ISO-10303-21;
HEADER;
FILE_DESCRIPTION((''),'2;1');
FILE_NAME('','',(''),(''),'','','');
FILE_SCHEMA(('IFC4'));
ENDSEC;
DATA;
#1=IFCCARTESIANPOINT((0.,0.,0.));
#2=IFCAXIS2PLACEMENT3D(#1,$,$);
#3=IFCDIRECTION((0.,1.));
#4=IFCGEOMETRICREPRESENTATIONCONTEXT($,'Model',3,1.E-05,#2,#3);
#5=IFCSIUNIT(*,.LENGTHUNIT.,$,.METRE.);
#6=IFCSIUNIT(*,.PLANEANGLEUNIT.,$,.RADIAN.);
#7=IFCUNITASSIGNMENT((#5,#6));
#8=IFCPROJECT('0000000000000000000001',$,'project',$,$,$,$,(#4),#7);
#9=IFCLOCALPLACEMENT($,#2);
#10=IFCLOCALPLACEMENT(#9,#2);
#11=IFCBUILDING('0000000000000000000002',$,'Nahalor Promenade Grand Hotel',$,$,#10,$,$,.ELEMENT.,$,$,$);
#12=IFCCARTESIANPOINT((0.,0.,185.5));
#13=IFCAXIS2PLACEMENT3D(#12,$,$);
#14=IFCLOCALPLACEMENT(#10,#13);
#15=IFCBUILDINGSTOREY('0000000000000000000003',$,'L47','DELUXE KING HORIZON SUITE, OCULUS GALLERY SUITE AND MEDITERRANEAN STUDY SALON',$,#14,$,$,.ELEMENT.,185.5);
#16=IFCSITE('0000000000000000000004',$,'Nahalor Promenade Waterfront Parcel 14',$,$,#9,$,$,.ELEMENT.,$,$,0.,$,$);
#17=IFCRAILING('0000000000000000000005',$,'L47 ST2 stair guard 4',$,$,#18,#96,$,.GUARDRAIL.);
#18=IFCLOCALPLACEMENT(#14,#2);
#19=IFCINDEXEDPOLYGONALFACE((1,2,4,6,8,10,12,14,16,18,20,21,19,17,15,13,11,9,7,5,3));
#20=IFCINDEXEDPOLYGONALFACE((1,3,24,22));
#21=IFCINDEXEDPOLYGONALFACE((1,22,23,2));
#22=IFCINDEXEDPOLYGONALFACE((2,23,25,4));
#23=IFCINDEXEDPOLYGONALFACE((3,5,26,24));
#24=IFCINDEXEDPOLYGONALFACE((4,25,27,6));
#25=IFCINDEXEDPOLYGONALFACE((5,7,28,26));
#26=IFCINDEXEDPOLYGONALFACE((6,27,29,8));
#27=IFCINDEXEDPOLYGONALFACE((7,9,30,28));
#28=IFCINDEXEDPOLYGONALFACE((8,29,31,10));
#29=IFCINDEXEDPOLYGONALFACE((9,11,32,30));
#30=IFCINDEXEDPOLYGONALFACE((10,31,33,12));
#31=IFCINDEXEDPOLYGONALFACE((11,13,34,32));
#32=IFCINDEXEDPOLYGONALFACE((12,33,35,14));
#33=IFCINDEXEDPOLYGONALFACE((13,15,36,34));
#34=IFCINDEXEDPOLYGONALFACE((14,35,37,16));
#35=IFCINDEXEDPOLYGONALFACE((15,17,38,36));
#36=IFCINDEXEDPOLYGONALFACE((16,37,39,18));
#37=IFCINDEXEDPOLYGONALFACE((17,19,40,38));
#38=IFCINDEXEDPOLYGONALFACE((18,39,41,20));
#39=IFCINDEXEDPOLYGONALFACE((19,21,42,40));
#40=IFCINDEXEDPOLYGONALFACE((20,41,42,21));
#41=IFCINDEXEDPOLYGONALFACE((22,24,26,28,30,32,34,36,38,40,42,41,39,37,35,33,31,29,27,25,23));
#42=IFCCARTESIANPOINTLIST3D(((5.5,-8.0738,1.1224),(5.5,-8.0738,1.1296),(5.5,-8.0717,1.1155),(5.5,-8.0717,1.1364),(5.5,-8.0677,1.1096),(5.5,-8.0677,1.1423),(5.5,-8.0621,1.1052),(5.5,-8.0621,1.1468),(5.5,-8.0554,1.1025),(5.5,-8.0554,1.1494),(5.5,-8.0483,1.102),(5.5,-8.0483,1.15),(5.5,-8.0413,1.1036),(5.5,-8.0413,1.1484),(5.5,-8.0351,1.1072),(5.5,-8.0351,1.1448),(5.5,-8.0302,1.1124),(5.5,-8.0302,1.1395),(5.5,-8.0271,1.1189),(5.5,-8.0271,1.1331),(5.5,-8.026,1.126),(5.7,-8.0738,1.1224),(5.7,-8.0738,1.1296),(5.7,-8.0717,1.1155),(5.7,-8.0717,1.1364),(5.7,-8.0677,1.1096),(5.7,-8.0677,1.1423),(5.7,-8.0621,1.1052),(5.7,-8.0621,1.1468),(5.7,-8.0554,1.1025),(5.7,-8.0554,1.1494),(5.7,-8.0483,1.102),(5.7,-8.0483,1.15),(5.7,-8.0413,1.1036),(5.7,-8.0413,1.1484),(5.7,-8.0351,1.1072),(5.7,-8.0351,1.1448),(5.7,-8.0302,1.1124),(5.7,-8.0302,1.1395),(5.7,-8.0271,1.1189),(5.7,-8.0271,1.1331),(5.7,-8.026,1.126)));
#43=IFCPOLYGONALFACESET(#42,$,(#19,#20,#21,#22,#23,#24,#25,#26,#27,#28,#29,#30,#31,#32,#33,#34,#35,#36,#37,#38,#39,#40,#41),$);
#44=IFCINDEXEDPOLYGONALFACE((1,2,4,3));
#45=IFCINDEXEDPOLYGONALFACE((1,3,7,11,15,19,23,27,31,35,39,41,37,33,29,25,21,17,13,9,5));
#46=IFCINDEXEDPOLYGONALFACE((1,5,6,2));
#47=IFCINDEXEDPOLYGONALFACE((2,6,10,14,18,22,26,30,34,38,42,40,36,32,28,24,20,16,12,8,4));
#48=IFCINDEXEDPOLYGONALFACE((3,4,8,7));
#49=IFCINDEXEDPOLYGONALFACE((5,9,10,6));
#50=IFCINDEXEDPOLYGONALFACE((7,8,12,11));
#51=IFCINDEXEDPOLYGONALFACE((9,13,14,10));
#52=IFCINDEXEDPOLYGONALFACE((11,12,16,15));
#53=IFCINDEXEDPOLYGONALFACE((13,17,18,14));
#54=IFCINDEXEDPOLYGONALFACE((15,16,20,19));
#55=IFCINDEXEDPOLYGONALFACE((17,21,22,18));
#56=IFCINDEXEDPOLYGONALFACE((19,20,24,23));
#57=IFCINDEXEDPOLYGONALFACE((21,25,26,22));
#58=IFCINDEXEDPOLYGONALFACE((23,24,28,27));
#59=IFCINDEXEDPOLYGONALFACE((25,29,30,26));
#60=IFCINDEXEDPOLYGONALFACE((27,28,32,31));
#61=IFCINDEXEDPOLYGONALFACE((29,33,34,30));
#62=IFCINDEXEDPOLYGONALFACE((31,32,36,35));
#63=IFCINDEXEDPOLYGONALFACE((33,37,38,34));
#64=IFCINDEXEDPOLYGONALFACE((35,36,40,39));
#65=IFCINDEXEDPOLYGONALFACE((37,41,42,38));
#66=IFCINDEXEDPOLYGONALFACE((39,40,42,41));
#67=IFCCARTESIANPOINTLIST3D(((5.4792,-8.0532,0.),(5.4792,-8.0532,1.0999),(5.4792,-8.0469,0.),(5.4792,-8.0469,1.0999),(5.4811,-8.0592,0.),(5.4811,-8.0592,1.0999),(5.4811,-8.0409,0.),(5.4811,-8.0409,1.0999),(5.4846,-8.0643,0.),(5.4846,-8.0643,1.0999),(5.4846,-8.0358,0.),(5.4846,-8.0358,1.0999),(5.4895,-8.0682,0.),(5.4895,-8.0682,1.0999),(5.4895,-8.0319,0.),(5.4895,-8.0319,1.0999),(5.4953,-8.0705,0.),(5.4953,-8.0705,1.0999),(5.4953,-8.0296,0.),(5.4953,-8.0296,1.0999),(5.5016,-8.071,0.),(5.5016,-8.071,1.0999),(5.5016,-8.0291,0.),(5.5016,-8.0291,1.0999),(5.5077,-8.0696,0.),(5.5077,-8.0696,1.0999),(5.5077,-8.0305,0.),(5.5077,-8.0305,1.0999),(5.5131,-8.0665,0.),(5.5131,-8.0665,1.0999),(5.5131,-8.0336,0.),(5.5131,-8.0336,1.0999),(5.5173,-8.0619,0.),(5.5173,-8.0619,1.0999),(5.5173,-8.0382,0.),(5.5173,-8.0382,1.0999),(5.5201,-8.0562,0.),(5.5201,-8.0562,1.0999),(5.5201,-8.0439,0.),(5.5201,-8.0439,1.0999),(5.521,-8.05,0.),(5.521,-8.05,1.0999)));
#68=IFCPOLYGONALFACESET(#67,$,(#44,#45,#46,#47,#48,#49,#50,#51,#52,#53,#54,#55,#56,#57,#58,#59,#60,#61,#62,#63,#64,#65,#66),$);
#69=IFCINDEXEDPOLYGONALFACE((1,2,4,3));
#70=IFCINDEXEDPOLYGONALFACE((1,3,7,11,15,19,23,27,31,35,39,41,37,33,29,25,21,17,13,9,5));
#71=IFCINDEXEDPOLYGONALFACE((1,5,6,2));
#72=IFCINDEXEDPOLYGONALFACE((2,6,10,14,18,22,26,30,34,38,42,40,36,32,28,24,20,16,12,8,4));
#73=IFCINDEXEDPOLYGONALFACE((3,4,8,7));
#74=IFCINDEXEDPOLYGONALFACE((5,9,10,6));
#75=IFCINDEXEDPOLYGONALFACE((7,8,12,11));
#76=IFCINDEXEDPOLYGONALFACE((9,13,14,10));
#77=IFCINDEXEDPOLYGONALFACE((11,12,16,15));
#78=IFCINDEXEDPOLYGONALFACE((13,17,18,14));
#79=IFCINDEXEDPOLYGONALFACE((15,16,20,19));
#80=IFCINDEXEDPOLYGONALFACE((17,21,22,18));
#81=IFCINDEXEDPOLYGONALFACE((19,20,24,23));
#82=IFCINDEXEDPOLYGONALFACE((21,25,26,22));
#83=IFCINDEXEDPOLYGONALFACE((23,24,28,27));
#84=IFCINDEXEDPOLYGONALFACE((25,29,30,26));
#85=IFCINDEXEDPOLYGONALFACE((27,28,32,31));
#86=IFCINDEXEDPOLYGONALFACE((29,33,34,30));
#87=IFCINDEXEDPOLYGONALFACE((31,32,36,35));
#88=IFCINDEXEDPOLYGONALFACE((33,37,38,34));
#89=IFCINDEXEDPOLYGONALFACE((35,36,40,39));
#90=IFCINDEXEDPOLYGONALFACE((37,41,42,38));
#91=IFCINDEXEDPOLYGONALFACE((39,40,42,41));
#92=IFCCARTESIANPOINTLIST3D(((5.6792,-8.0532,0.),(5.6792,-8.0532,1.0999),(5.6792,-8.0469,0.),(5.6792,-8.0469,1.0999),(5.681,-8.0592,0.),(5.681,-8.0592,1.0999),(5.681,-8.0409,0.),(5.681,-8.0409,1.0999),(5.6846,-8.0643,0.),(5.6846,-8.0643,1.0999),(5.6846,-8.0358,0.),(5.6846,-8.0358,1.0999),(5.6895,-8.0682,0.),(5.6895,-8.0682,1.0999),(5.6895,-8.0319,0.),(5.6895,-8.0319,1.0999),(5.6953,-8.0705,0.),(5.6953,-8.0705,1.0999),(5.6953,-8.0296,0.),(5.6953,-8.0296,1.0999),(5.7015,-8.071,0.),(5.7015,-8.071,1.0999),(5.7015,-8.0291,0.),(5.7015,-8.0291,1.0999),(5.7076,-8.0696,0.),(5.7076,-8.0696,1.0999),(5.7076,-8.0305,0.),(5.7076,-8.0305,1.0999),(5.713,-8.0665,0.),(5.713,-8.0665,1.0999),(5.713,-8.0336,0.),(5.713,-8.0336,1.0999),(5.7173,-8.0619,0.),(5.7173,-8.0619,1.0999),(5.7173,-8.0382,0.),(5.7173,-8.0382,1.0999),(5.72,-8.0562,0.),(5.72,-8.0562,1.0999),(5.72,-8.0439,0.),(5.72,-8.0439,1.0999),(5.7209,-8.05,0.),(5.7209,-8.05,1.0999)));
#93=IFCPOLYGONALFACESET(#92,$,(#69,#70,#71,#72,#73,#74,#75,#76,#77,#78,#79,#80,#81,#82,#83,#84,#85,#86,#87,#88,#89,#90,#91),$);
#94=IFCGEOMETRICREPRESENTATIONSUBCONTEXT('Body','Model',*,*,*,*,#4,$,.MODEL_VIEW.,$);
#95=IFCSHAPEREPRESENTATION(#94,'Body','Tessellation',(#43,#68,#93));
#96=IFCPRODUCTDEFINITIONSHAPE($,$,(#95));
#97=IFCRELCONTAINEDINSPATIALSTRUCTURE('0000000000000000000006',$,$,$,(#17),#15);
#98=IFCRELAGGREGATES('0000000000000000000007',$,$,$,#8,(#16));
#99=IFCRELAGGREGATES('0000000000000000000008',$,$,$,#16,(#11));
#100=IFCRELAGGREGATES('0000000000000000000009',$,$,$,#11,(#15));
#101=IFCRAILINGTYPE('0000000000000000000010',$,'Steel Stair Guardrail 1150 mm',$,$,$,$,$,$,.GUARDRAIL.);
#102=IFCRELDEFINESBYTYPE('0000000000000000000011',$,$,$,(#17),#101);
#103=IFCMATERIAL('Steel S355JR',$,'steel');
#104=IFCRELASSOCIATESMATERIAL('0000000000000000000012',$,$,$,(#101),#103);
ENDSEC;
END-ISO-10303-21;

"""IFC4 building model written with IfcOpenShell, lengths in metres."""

from ifc_helpers import new_model, si_unit, direction, frame, origin, origin_2d, place, context, subcontext, project, spatial, circle, extrude, material, type_object, element, save


model = new_model("IFC4")

# Units and contexts
model_context = context("Model", 3, precision=1e-05, world=origin(), true_north=direction((0.0, 1.0)))
body_context = subcontext(model_context, "Body", "Model", "MODEL_VIEW")
ifc_project = project(units=[si_unit("LENGTHUNIT", "METRE"), si_unit("PLANEANGLEUNIT", "RADIAN")], contexts=[model_context])

# Site, building, storey
site_placement = place(None, origin())
site = spatial("IfcSite", under=ifc_project, at=site_placement, Name="Nahalor Promenade Waterfront Parcel 14", CompositionType="ELEMENT", RefElevation=0.0)
building_placement = place(site_placement, origin())
building = spatial("IfcBuilding", under=site, at=building_placement, Name="Nahalor Promenade Grand Hotel", CompositionType="ELEMENT")
storey_placement = place(building_placement, frame((0.0, 0.0, 185.5)))
storey = spatial("IfcBuildingStorey", under=building, at=storey_placement, Name="L47", Description="DELUXE KING HORIZON SUITE, OCULUS GALLERY SUITE AND MEDITERRANEAN STUDY SALON", CompositionType="ELEMENT", Elevation=185.5)

# Shared definitions
ifc_material_1 = material(Name="Steel S355JR", Category="steel")

# Railing
railing_type_1 = type_object("IfcRailingType", Name="Steel Stair Guardrail 1150 mm", PredefinedType="GUARDRAIL", material=ifc_material_1)
railing_1_placement = place(storey_placement, frame((5.5, -8.05, 0.0)))
element("IfcRailing", 1, at=railing_1_placement, inside=storey, type_object=railing_type_1, Name="L47 ST2 stair guard 4", PredefinedType="GUARDRAIL", context=body_context, shape_type="SweptSolid", body=[
    extrude(circle(Radius=0.024, at=origin_2d()), frame((0.0, 0.0, 1.126), z_axis=(1.0, 0.0, 0.0), x_axis=(0.0, 1.0, 0.0)), (0.0, 0.0, 1.0), 0.2),
    extrude(circle(Radius=0.021, at=origin_2d()), origin(), (0.0, 0.0, 1.0), 1.0999),
    extrude(circle(Radius=0.021, at=origin_2d()), frame((0.2, 0.0, 0.0)), (0.0, 0.0, 1.0), 1.0999),
])

save(model, "model.ifc")
